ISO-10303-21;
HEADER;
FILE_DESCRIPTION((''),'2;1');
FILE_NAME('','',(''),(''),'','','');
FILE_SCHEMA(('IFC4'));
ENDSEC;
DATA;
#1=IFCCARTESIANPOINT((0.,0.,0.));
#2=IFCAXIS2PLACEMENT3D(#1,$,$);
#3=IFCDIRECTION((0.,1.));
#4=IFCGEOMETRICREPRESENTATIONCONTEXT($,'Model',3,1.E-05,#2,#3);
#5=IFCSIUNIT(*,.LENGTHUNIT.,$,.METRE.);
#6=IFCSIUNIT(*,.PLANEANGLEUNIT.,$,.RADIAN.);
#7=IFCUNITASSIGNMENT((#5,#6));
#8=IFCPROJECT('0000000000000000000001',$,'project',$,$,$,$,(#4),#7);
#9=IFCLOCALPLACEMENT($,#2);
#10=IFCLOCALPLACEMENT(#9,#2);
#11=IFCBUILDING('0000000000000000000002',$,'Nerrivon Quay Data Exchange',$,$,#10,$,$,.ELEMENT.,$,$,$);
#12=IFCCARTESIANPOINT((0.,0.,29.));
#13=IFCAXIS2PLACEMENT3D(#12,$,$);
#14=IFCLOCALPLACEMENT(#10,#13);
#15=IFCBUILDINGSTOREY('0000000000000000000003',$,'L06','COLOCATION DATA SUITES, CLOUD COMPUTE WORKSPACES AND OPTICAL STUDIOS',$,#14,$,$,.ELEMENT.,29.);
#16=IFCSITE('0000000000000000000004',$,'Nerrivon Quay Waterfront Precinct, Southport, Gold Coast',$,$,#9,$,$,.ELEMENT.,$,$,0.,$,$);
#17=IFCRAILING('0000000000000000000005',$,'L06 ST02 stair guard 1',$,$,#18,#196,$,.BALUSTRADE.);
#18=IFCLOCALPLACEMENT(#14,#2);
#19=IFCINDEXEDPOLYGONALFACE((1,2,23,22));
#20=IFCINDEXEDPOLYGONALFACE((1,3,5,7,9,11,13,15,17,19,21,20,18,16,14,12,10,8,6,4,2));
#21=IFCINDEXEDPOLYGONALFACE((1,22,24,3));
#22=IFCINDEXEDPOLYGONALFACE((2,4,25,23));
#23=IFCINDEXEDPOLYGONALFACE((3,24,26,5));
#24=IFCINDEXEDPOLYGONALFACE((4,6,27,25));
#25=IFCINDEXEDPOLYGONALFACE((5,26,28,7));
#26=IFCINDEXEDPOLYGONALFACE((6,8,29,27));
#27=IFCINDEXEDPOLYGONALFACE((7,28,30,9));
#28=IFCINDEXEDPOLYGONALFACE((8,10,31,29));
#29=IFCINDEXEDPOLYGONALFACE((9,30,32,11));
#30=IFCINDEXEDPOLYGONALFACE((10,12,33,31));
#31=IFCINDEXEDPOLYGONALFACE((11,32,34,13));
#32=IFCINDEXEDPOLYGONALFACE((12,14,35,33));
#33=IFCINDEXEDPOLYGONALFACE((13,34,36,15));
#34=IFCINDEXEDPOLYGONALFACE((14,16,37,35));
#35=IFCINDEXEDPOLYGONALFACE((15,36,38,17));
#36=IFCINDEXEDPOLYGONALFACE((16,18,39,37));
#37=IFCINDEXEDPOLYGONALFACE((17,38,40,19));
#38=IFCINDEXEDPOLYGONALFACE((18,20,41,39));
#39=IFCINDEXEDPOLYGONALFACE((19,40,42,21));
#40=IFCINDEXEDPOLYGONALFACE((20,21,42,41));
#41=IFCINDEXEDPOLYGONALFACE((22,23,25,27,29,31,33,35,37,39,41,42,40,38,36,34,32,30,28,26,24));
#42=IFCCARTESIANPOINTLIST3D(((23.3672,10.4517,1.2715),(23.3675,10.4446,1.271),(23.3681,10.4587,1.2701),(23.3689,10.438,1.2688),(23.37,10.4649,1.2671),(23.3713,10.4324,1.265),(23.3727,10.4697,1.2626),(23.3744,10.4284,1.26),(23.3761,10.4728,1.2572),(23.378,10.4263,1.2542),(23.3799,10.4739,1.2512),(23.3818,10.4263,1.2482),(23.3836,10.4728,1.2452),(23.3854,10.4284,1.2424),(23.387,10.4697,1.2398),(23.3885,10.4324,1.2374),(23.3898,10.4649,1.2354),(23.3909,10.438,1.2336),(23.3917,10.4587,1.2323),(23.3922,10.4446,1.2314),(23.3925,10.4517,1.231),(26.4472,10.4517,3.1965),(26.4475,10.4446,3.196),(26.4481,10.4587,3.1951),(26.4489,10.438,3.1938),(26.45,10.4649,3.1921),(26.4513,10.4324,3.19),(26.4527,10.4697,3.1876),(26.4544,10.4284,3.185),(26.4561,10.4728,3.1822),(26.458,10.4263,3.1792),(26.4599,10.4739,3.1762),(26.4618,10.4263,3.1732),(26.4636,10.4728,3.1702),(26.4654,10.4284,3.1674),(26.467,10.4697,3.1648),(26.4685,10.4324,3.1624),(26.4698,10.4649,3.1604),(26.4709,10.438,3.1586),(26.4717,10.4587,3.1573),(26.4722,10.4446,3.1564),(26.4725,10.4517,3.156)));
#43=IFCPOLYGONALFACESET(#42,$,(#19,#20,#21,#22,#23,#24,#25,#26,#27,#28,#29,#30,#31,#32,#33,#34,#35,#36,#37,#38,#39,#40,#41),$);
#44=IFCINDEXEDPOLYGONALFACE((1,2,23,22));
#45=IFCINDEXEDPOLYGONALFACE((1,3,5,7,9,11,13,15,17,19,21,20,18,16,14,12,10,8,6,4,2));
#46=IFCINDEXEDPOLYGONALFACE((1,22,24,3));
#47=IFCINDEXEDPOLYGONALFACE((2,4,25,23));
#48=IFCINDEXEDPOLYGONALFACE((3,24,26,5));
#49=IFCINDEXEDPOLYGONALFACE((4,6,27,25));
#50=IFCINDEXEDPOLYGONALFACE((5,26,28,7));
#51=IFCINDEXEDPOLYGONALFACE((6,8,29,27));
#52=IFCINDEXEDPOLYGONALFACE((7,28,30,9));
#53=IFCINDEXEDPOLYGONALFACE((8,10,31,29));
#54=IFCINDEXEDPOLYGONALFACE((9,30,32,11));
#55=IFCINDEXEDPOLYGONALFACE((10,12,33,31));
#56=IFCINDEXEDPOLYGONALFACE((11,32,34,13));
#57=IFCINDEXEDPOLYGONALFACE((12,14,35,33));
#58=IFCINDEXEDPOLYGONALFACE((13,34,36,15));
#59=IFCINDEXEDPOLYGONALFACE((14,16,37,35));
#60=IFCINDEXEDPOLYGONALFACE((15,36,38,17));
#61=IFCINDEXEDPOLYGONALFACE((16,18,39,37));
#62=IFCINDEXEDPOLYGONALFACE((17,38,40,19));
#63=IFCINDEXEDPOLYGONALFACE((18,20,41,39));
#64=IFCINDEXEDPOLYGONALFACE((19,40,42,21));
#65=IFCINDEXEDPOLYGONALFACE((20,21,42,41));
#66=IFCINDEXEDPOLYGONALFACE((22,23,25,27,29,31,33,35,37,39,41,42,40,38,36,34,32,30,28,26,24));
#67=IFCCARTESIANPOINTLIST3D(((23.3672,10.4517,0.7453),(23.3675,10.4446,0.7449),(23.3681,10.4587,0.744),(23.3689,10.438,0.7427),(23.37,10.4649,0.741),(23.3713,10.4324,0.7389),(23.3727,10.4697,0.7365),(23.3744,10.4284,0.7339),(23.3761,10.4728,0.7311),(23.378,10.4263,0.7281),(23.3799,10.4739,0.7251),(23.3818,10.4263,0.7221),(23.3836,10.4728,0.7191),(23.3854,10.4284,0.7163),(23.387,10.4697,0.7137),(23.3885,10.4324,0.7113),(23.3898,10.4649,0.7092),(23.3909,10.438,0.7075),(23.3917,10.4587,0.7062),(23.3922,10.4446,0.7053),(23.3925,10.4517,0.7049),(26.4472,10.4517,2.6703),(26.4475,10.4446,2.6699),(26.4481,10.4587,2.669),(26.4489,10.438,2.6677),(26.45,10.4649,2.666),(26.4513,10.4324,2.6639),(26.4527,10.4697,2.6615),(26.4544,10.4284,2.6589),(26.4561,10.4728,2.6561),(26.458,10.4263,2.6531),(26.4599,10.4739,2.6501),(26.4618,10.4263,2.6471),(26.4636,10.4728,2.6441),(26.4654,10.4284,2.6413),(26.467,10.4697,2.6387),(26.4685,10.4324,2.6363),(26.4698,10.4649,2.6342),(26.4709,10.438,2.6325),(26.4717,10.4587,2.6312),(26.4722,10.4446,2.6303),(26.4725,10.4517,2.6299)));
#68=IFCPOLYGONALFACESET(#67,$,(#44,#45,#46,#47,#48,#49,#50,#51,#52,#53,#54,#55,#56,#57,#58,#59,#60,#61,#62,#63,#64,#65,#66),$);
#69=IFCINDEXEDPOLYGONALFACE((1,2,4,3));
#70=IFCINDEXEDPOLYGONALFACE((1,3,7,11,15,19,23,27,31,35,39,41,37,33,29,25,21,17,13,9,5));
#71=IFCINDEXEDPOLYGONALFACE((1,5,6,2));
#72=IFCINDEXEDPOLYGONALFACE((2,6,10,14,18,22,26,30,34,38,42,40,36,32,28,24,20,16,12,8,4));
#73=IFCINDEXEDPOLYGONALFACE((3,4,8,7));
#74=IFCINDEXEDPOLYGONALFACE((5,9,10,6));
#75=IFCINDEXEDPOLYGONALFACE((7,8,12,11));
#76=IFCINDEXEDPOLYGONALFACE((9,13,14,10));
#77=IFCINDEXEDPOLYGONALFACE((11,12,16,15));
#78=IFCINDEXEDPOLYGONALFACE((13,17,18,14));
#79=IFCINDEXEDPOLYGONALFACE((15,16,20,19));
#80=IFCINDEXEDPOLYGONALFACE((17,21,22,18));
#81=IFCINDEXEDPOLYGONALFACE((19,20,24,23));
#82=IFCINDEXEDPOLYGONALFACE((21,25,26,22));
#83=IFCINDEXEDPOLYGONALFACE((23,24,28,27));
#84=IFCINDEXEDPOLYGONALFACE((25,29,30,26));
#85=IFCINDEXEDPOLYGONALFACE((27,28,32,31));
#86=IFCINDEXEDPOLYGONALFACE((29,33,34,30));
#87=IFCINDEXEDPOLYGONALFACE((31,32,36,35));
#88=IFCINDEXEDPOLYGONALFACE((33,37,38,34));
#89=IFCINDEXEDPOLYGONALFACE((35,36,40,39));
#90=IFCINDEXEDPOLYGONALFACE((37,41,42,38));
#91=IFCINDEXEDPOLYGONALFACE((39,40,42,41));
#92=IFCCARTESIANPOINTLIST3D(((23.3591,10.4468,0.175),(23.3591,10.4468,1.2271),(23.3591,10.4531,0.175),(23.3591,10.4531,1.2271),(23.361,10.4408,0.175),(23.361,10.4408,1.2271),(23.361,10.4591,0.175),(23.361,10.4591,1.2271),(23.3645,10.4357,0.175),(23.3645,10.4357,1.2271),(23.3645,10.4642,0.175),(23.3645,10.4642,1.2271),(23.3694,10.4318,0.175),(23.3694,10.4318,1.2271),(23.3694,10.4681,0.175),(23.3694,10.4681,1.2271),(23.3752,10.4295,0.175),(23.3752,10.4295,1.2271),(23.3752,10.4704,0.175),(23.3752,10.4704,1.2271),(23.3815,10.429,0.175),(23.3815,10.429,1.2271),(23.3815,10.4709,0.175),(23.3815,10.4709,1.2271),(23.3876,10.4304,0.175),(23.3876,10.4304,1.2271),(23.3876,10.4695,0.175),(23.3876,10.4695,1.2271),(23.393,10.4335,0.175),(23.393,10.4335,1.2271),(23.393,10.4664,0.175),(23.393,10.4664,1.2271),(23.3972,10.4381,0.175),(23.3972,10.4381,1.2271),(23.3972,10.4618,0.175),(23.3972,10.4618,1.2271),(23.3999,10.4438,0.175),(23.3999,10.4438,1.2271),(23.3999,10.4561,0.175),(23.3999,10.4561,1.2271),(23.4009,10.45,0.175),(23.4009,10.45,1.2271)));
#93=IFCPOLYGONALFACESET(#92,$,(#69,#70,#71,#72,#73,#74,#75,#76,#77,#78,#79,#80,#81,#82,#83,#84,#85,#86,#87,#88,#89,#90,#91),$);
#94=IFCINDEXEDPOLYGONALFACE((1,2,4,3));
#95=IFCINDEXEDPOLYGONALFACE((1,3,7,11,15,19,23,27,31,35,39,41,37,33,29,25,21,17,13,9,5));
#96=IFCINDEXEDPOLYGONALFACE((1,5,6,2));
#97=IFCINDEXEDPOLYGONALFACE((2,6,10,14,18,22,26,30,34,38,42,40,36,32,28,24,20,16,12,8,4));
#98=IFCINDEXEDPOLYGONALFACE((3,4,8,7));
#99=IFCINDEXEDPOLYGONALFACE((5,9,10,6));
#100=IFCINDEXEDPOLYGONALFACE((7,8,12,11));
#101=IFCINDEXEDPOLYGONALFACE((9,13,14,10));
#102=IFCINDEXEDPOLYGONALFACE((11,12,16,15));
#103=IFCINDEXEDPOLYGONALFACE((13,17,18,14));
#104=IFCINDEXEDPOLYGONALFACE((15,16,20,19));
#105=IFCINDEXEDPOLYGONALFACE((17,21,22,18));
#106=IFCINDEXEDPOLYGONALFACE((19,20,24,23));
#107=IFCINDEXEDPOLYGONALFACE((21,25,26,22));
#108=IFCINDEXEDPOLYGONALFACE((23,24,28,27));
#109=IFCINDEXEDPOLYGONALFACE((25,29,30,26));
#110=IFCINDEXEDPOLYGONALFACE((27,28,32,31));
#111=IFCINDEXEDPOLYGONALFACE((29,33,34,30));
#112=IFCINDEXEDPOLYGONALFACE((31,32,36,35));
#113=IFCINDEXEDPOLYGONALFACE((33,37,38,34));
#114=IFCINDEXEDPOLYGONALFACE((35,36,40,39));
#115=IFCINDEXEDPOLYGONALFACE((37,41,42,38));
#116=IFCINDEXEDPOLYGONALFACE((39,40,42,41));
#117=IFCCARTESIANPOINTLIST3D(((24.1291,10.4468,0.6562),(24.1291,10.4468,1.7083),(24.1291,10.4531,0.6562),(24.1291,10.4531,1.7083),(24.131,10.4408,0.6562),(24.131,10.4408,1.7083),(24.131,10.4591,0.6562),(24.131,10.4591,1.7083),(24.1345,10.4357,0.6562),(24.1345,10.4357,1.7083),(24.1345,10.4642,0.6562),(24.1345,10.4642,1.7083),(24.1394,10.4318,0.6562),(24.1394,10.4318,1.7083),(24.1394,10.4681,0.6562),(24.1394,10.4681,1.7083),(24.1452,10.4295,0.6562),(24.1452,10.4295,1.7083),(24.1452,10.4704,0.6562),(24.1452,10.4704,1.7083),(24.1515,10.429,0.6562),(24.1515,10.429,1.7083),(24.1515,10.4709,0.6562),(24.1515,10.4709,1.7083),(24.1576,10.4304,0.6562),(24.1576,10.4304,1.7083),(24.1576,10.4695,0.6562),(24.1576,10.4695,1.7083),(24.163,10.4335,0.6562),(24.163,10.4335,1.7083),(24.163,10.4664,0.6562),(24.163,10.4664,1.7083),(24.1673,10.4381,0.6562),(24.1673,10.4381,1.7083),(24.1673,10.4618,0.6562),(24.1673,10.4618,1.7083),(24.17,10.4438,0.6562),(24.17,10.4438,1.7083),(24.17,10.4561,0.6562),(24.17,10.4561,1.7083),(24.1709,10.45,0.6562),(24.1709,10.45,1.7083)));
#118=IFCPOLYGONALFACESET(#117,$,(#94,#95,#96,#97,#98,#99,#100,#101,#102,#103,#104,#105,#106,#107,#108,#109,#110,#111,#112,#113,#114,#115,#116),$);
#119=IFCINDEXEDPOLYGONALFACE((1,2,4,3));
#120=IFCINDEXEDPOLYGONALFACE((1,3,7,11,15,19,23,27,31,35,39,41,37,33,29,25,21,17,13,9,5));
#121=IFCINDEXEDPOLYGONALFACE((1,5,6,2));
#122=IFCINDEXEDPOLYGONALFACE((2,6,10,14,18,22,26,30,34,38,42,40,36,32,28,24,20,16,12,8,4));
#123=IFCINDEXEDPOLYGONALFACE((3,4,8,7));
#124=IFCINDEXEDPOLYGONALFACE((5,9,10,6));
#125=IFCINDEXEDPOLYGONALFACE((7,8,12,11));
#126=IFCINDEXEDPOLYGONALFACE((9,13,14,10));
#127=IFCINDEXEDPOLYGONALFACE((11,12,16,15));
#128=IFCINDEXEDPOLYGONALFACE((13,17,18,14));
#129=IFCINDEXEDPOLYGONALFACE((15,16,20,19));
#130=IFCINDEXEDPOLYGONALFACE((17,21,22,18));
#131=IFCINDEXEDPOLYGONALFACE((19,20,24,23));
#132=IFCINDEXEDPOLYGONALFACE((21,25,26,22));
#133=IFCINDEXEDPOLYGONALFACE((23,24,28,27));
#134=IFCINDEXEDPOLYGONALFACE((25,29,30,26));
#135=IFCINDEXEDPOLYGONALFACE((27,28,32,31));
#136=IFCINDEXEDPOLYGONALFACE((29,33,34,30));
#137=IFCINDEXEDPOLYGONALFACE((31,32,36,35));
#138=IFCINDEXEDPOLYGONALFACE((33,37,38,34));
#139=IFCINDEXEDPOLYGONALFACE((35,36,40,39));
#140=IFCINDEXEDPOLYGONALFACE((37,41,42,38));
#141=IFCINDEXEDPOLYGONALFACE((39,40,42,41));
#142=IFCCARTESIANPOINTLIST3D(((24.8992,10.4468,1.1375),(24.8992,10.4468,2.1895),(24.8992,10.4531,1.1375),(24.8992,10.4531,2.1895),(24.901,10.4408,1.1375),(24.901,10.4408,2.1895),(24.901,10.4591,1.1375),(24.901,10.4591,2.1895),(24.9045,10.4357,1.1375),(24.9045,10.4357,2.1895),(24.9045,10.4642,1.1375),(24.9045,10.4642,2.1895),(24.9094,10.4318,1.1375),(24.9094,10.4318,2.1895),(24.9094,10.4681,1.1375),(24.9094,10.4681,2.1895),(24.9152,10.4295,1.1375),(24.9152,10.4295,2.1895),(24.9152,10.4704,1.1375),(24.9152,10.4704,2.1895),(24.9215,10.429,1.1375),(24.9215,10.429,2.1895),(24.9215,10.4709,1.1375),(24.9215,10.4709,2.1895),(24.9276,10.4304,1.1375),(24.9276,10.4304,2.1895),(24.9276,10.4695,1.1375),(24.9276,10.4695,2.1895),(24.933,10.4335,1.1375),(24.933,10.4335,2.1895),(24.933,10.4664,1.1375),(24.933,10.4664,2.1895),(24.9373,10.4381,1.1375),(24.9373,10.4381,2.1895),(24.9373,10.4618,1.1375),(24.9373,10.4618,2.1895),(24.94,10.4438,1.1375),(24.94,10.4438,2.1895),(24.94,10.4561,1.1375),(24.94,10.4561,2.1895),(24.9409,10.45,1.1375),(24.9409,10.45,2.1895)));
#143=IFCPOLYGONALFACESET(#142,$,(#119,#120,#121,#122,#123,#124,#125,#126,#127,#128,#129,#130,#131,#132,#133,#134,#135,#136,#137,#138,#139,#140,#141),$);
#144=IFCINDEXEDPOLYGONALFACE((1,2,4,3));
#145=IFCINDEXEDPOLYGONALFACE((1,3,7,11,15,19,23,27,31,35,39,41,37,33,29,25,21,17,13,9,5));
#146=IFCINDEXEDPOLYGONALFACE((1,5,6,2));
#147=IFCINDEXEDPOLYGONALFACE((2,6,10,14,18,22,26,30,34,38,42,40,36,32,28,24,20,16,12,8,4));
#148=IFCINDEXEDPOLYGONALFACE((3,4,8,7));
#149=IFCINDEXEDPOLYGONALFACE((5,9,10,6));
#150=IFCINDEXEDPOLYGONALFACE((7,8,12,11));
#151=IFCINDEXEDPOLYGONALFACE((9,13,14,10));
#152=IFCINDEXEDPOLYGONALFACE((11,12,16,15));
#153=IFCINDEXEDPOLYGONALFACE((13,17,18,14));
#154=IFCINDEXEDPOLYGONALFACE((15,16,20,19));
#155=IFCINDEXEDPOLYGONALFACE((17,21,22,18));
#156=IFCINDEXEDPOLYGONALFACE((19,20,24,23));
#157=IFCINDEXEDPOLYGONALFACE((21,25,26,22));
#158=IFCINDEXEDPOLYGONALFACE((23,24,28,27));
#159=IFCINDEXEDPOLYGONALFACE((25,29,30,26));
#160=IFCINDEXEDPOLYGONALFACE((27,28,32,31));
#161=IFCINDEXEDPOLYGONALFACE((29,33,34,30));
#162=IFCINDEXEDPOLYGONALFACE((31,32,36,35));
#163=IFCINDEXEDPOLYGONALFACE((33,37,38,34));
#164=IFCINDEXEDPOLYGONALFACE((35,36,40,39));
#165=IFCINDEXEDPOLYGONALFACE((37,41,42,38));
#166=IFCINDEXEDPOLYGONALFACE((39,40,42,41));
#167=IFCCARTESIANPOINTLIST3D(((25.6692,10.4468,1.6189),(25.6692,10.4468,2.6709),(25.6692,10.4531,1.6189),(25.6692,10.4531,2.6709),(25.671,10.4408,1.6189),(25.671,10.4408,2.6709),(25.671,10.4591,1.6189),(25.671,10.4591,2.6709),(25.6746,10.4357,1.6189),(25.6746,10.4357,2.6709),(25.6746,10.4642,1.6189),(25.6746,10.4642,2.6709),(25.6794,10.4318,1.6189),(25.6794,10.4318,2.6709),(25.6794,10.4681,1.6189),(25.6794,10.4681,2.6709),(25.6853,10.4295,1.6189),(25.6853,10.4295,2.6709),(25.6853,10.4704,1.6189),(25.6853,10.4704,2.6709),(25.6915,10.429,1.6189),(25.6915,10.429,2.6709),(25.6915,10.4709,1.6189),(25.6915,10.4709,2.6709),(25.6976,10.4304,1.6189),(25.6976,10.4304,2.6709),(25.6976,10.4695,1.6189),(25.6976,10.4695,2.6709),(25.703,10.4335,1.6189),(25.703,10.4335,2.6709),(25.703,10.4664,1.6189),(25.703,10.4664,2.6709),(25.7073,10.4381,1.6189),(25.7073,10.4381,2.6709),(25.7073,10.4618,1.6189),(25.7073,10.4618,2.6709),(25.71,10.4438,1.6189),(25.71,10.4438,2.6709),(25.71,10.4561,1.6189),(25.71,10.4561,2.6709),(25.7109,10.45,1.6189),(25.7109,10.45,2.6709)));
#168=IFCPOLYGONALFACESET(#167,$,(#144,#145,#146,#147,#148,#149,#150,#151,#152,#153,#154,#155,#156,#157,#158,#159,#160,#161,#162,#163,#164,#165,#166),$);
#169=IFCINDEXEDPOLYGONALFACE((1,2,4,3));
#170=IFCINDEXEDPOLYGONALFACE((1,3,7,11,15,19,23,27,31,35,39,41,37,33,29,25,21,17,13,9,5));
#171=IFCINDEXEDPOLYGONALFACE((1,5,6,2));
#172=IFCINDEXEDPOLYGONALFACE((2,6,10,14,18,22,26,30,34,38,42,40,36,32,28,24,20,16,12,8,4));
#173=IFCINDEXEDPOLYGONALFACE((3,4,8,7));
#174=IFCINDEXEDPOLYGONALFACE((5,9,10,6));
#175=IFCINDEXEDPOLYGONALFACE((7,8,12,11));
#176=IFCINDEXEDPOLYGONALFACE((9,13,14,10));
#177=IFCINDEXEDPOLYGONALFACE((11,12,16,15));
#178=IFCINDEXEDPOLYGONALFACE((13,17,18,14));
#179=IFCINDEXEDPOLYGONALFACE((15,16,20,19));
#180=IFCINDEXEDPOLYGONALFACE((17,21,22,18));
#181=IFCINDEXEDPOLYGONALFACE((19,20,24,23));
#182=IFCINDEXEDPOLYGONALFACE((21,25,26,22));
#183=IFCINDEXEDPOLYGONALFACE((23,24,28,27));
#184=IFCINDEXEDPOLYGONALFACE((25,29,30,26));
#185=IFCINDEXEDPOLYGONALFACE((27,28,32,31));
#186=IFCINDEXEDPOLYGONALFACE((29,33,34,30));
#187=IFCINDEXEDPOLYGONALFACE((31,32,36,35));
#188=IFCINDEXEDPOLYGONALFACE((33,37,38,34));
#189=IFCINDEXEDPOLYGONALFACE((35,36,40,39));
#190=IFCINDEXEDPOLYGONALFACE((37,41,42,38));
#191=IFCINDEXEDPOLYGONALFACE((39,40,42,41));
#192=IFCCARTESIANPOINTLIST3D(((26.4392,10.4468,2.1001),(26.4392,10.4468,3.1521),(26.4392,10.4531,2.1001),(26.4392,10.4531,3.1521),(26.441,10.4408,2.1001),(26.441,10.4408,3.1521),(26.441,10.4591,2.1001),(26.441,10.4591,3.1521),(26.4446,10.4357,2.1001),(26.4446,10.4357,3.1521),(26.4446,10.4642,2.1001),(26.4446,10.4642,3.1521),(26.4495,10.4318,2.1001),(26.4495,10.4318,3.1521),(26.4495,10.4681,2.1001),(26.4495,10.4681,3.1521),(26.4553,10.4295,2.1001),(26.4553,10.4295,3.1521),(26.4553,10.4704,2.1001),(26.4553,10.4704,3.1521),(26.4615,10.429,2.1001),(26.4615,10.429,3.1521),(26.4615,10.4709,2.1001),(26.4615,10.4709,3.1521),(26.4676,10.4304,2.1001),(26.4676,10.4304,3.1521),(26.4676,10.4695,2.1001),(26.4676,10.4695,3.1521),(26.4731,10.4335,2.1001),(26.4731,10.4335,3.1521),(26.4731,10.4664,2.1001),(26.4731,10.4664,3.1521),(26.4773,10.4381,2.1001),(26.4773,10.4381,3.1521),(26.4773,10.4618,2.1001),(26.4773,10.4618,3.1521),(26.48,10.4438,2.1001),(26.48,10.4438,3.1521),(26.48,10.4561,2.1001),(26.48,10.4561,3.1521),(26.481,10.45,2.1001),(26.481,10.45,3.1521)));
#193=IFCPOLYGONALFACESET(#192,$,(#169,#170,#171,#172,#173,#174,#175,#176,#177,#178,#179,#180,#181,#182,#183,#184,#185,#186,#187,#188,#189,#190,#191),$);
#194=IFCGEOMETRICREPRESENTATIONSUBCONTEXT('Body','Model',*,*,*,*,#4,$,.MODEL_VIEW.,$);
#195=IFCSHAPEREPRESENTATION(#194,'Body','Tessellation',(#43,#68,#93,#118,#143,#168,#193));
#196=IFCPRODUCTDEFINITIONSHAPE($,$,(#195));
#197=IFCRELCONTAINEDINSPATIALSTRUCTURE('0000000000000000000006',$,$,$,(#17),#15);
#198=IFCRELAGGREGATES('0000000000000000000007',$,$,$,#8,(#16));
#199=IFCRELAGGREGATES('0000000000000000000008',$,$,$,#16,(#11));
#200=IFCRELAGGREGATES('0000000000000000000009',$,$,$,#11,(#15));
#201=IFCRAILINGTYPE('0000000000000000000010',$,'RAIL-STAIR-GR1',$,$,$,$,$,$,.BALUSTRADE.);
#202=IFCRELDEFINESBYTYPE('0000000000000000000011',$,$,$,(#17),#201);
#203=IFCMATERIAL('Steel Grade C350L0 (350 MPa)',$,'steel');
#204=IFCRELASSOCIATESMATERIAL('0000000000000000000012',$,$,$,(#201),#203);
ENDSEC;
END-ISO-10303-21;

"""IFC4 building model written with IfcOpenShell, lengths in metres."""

from ifc_helpers import new_model, si_unit, direction, frame, origin, origin_2d, place, context, subcontext, project, spatial, circle, extrude, material, type_object, element, save


model = new_model("IFC4")

# Units and contexts
model_context = context("Model", 3, precision=1e-05, world=origin(), true_north=direction((0.0, 1.0)))
body_context = subcontext(model_context, "Body", "Model", "MODEL_VIEW")
ifc_project = project(units=[si_unit("LENGTHUNIT", "METRE"), si_unit("PLANEANGLEUNIT", "RADIAN")], contexts=[model_context])

# Site, building, storey
site_placement = place(None, origin())
site = spatial("IfcSite", under=ifc_project, at=site_placement, Name="Nerrivon Quay Waterfront Precinct, Southport, Gold Coast", CompositionType="ELEMENT", RefElevation=0.0)
building_placement = place(site_placement, origin())
building = spatial("IfcBuilding", under=site, at=building_placement, Name="Nerrivon Quay Data Exchange", CompositionType="ELEMENT")
storey_placement = place(building_placement, frame((0.0, 0.0, 29.0)))
storey = spatial("IfcBuildingStorey", under=building, at=storey_placement, Name="L06", Description="COLOCATION DATA SUITES, CLOUD COMPUTE WORKSPACES AND OPTICAL STUDIOS", CompositionType="ELEMENT", Elevation=29.0)

# Railing
ifc_material_1 = material(Name="Steel Grade C350L0 (350 MPa)", Category="steel")
railing_type_1 = type_object("IfcRailingType", Name="RAIL-STAIR-GR1", PredefinedType="BALUSTRADE", material=ifc_material_1)
railing_1_placement = place(storey_placement, frame((23.3799, 10.45, 0.175)))
element("IfcRailing", 1, at=railing_1_placement, inside=storey, type_object=railing_type_1, Name="L06 ST02 stair guard 1", PredefinedType="BALUSTRADE", context=body_context, shape_type="SweptSolid", body=[
    extrude(circle(Radius=0.0239, at=origin_2d()), frame((0.0, 0.0, 1.0762), z_axis=(0.847998, 0.0, 0.529999), x_axis=(0.0, 1.0, 0.0)), (0.0, 0.0, 1.0), 3.6321),
    extrude(circle(Radius=0.0239, at=origin_2d()), frame((0.0, 0.0, 0.55), z_axis=(0.847998, 0.0, 0.529999), x_axis=(0.0, 1.0, 0.0)), (0.0, 0.0, 1.0), 3.6321),
    extrude(circle(Radius=0.021, at=origin_2d()), origin(), (0.0, 0.0, 1.0), 1.052),
    extrude(circle(Radius=0.021, at=origin_2d()), frame((0.77, 0.0, 0.4812)), (0.0, 0.0, 1.0), 1.052),
    extrude(circle(Radius=0.021, at=origin_2d()), frame((1.54, 0.0, 0.9624)), (0.0, 0.0, 1.0), 1.052),
    extrude(circle(Radius=0.021, at=origin_2d()), frame((2.3101, 0.0, 1.4438)), (0.0, 0.0, 1.0), 1.052),
    extrude(circle(Radius=0.021, at=origin_2d()), frame((3.0801, 0.0, 1.925)), (0.0, 0.0, 1.0), 1.052),
])

save(model, "model.ifc")
